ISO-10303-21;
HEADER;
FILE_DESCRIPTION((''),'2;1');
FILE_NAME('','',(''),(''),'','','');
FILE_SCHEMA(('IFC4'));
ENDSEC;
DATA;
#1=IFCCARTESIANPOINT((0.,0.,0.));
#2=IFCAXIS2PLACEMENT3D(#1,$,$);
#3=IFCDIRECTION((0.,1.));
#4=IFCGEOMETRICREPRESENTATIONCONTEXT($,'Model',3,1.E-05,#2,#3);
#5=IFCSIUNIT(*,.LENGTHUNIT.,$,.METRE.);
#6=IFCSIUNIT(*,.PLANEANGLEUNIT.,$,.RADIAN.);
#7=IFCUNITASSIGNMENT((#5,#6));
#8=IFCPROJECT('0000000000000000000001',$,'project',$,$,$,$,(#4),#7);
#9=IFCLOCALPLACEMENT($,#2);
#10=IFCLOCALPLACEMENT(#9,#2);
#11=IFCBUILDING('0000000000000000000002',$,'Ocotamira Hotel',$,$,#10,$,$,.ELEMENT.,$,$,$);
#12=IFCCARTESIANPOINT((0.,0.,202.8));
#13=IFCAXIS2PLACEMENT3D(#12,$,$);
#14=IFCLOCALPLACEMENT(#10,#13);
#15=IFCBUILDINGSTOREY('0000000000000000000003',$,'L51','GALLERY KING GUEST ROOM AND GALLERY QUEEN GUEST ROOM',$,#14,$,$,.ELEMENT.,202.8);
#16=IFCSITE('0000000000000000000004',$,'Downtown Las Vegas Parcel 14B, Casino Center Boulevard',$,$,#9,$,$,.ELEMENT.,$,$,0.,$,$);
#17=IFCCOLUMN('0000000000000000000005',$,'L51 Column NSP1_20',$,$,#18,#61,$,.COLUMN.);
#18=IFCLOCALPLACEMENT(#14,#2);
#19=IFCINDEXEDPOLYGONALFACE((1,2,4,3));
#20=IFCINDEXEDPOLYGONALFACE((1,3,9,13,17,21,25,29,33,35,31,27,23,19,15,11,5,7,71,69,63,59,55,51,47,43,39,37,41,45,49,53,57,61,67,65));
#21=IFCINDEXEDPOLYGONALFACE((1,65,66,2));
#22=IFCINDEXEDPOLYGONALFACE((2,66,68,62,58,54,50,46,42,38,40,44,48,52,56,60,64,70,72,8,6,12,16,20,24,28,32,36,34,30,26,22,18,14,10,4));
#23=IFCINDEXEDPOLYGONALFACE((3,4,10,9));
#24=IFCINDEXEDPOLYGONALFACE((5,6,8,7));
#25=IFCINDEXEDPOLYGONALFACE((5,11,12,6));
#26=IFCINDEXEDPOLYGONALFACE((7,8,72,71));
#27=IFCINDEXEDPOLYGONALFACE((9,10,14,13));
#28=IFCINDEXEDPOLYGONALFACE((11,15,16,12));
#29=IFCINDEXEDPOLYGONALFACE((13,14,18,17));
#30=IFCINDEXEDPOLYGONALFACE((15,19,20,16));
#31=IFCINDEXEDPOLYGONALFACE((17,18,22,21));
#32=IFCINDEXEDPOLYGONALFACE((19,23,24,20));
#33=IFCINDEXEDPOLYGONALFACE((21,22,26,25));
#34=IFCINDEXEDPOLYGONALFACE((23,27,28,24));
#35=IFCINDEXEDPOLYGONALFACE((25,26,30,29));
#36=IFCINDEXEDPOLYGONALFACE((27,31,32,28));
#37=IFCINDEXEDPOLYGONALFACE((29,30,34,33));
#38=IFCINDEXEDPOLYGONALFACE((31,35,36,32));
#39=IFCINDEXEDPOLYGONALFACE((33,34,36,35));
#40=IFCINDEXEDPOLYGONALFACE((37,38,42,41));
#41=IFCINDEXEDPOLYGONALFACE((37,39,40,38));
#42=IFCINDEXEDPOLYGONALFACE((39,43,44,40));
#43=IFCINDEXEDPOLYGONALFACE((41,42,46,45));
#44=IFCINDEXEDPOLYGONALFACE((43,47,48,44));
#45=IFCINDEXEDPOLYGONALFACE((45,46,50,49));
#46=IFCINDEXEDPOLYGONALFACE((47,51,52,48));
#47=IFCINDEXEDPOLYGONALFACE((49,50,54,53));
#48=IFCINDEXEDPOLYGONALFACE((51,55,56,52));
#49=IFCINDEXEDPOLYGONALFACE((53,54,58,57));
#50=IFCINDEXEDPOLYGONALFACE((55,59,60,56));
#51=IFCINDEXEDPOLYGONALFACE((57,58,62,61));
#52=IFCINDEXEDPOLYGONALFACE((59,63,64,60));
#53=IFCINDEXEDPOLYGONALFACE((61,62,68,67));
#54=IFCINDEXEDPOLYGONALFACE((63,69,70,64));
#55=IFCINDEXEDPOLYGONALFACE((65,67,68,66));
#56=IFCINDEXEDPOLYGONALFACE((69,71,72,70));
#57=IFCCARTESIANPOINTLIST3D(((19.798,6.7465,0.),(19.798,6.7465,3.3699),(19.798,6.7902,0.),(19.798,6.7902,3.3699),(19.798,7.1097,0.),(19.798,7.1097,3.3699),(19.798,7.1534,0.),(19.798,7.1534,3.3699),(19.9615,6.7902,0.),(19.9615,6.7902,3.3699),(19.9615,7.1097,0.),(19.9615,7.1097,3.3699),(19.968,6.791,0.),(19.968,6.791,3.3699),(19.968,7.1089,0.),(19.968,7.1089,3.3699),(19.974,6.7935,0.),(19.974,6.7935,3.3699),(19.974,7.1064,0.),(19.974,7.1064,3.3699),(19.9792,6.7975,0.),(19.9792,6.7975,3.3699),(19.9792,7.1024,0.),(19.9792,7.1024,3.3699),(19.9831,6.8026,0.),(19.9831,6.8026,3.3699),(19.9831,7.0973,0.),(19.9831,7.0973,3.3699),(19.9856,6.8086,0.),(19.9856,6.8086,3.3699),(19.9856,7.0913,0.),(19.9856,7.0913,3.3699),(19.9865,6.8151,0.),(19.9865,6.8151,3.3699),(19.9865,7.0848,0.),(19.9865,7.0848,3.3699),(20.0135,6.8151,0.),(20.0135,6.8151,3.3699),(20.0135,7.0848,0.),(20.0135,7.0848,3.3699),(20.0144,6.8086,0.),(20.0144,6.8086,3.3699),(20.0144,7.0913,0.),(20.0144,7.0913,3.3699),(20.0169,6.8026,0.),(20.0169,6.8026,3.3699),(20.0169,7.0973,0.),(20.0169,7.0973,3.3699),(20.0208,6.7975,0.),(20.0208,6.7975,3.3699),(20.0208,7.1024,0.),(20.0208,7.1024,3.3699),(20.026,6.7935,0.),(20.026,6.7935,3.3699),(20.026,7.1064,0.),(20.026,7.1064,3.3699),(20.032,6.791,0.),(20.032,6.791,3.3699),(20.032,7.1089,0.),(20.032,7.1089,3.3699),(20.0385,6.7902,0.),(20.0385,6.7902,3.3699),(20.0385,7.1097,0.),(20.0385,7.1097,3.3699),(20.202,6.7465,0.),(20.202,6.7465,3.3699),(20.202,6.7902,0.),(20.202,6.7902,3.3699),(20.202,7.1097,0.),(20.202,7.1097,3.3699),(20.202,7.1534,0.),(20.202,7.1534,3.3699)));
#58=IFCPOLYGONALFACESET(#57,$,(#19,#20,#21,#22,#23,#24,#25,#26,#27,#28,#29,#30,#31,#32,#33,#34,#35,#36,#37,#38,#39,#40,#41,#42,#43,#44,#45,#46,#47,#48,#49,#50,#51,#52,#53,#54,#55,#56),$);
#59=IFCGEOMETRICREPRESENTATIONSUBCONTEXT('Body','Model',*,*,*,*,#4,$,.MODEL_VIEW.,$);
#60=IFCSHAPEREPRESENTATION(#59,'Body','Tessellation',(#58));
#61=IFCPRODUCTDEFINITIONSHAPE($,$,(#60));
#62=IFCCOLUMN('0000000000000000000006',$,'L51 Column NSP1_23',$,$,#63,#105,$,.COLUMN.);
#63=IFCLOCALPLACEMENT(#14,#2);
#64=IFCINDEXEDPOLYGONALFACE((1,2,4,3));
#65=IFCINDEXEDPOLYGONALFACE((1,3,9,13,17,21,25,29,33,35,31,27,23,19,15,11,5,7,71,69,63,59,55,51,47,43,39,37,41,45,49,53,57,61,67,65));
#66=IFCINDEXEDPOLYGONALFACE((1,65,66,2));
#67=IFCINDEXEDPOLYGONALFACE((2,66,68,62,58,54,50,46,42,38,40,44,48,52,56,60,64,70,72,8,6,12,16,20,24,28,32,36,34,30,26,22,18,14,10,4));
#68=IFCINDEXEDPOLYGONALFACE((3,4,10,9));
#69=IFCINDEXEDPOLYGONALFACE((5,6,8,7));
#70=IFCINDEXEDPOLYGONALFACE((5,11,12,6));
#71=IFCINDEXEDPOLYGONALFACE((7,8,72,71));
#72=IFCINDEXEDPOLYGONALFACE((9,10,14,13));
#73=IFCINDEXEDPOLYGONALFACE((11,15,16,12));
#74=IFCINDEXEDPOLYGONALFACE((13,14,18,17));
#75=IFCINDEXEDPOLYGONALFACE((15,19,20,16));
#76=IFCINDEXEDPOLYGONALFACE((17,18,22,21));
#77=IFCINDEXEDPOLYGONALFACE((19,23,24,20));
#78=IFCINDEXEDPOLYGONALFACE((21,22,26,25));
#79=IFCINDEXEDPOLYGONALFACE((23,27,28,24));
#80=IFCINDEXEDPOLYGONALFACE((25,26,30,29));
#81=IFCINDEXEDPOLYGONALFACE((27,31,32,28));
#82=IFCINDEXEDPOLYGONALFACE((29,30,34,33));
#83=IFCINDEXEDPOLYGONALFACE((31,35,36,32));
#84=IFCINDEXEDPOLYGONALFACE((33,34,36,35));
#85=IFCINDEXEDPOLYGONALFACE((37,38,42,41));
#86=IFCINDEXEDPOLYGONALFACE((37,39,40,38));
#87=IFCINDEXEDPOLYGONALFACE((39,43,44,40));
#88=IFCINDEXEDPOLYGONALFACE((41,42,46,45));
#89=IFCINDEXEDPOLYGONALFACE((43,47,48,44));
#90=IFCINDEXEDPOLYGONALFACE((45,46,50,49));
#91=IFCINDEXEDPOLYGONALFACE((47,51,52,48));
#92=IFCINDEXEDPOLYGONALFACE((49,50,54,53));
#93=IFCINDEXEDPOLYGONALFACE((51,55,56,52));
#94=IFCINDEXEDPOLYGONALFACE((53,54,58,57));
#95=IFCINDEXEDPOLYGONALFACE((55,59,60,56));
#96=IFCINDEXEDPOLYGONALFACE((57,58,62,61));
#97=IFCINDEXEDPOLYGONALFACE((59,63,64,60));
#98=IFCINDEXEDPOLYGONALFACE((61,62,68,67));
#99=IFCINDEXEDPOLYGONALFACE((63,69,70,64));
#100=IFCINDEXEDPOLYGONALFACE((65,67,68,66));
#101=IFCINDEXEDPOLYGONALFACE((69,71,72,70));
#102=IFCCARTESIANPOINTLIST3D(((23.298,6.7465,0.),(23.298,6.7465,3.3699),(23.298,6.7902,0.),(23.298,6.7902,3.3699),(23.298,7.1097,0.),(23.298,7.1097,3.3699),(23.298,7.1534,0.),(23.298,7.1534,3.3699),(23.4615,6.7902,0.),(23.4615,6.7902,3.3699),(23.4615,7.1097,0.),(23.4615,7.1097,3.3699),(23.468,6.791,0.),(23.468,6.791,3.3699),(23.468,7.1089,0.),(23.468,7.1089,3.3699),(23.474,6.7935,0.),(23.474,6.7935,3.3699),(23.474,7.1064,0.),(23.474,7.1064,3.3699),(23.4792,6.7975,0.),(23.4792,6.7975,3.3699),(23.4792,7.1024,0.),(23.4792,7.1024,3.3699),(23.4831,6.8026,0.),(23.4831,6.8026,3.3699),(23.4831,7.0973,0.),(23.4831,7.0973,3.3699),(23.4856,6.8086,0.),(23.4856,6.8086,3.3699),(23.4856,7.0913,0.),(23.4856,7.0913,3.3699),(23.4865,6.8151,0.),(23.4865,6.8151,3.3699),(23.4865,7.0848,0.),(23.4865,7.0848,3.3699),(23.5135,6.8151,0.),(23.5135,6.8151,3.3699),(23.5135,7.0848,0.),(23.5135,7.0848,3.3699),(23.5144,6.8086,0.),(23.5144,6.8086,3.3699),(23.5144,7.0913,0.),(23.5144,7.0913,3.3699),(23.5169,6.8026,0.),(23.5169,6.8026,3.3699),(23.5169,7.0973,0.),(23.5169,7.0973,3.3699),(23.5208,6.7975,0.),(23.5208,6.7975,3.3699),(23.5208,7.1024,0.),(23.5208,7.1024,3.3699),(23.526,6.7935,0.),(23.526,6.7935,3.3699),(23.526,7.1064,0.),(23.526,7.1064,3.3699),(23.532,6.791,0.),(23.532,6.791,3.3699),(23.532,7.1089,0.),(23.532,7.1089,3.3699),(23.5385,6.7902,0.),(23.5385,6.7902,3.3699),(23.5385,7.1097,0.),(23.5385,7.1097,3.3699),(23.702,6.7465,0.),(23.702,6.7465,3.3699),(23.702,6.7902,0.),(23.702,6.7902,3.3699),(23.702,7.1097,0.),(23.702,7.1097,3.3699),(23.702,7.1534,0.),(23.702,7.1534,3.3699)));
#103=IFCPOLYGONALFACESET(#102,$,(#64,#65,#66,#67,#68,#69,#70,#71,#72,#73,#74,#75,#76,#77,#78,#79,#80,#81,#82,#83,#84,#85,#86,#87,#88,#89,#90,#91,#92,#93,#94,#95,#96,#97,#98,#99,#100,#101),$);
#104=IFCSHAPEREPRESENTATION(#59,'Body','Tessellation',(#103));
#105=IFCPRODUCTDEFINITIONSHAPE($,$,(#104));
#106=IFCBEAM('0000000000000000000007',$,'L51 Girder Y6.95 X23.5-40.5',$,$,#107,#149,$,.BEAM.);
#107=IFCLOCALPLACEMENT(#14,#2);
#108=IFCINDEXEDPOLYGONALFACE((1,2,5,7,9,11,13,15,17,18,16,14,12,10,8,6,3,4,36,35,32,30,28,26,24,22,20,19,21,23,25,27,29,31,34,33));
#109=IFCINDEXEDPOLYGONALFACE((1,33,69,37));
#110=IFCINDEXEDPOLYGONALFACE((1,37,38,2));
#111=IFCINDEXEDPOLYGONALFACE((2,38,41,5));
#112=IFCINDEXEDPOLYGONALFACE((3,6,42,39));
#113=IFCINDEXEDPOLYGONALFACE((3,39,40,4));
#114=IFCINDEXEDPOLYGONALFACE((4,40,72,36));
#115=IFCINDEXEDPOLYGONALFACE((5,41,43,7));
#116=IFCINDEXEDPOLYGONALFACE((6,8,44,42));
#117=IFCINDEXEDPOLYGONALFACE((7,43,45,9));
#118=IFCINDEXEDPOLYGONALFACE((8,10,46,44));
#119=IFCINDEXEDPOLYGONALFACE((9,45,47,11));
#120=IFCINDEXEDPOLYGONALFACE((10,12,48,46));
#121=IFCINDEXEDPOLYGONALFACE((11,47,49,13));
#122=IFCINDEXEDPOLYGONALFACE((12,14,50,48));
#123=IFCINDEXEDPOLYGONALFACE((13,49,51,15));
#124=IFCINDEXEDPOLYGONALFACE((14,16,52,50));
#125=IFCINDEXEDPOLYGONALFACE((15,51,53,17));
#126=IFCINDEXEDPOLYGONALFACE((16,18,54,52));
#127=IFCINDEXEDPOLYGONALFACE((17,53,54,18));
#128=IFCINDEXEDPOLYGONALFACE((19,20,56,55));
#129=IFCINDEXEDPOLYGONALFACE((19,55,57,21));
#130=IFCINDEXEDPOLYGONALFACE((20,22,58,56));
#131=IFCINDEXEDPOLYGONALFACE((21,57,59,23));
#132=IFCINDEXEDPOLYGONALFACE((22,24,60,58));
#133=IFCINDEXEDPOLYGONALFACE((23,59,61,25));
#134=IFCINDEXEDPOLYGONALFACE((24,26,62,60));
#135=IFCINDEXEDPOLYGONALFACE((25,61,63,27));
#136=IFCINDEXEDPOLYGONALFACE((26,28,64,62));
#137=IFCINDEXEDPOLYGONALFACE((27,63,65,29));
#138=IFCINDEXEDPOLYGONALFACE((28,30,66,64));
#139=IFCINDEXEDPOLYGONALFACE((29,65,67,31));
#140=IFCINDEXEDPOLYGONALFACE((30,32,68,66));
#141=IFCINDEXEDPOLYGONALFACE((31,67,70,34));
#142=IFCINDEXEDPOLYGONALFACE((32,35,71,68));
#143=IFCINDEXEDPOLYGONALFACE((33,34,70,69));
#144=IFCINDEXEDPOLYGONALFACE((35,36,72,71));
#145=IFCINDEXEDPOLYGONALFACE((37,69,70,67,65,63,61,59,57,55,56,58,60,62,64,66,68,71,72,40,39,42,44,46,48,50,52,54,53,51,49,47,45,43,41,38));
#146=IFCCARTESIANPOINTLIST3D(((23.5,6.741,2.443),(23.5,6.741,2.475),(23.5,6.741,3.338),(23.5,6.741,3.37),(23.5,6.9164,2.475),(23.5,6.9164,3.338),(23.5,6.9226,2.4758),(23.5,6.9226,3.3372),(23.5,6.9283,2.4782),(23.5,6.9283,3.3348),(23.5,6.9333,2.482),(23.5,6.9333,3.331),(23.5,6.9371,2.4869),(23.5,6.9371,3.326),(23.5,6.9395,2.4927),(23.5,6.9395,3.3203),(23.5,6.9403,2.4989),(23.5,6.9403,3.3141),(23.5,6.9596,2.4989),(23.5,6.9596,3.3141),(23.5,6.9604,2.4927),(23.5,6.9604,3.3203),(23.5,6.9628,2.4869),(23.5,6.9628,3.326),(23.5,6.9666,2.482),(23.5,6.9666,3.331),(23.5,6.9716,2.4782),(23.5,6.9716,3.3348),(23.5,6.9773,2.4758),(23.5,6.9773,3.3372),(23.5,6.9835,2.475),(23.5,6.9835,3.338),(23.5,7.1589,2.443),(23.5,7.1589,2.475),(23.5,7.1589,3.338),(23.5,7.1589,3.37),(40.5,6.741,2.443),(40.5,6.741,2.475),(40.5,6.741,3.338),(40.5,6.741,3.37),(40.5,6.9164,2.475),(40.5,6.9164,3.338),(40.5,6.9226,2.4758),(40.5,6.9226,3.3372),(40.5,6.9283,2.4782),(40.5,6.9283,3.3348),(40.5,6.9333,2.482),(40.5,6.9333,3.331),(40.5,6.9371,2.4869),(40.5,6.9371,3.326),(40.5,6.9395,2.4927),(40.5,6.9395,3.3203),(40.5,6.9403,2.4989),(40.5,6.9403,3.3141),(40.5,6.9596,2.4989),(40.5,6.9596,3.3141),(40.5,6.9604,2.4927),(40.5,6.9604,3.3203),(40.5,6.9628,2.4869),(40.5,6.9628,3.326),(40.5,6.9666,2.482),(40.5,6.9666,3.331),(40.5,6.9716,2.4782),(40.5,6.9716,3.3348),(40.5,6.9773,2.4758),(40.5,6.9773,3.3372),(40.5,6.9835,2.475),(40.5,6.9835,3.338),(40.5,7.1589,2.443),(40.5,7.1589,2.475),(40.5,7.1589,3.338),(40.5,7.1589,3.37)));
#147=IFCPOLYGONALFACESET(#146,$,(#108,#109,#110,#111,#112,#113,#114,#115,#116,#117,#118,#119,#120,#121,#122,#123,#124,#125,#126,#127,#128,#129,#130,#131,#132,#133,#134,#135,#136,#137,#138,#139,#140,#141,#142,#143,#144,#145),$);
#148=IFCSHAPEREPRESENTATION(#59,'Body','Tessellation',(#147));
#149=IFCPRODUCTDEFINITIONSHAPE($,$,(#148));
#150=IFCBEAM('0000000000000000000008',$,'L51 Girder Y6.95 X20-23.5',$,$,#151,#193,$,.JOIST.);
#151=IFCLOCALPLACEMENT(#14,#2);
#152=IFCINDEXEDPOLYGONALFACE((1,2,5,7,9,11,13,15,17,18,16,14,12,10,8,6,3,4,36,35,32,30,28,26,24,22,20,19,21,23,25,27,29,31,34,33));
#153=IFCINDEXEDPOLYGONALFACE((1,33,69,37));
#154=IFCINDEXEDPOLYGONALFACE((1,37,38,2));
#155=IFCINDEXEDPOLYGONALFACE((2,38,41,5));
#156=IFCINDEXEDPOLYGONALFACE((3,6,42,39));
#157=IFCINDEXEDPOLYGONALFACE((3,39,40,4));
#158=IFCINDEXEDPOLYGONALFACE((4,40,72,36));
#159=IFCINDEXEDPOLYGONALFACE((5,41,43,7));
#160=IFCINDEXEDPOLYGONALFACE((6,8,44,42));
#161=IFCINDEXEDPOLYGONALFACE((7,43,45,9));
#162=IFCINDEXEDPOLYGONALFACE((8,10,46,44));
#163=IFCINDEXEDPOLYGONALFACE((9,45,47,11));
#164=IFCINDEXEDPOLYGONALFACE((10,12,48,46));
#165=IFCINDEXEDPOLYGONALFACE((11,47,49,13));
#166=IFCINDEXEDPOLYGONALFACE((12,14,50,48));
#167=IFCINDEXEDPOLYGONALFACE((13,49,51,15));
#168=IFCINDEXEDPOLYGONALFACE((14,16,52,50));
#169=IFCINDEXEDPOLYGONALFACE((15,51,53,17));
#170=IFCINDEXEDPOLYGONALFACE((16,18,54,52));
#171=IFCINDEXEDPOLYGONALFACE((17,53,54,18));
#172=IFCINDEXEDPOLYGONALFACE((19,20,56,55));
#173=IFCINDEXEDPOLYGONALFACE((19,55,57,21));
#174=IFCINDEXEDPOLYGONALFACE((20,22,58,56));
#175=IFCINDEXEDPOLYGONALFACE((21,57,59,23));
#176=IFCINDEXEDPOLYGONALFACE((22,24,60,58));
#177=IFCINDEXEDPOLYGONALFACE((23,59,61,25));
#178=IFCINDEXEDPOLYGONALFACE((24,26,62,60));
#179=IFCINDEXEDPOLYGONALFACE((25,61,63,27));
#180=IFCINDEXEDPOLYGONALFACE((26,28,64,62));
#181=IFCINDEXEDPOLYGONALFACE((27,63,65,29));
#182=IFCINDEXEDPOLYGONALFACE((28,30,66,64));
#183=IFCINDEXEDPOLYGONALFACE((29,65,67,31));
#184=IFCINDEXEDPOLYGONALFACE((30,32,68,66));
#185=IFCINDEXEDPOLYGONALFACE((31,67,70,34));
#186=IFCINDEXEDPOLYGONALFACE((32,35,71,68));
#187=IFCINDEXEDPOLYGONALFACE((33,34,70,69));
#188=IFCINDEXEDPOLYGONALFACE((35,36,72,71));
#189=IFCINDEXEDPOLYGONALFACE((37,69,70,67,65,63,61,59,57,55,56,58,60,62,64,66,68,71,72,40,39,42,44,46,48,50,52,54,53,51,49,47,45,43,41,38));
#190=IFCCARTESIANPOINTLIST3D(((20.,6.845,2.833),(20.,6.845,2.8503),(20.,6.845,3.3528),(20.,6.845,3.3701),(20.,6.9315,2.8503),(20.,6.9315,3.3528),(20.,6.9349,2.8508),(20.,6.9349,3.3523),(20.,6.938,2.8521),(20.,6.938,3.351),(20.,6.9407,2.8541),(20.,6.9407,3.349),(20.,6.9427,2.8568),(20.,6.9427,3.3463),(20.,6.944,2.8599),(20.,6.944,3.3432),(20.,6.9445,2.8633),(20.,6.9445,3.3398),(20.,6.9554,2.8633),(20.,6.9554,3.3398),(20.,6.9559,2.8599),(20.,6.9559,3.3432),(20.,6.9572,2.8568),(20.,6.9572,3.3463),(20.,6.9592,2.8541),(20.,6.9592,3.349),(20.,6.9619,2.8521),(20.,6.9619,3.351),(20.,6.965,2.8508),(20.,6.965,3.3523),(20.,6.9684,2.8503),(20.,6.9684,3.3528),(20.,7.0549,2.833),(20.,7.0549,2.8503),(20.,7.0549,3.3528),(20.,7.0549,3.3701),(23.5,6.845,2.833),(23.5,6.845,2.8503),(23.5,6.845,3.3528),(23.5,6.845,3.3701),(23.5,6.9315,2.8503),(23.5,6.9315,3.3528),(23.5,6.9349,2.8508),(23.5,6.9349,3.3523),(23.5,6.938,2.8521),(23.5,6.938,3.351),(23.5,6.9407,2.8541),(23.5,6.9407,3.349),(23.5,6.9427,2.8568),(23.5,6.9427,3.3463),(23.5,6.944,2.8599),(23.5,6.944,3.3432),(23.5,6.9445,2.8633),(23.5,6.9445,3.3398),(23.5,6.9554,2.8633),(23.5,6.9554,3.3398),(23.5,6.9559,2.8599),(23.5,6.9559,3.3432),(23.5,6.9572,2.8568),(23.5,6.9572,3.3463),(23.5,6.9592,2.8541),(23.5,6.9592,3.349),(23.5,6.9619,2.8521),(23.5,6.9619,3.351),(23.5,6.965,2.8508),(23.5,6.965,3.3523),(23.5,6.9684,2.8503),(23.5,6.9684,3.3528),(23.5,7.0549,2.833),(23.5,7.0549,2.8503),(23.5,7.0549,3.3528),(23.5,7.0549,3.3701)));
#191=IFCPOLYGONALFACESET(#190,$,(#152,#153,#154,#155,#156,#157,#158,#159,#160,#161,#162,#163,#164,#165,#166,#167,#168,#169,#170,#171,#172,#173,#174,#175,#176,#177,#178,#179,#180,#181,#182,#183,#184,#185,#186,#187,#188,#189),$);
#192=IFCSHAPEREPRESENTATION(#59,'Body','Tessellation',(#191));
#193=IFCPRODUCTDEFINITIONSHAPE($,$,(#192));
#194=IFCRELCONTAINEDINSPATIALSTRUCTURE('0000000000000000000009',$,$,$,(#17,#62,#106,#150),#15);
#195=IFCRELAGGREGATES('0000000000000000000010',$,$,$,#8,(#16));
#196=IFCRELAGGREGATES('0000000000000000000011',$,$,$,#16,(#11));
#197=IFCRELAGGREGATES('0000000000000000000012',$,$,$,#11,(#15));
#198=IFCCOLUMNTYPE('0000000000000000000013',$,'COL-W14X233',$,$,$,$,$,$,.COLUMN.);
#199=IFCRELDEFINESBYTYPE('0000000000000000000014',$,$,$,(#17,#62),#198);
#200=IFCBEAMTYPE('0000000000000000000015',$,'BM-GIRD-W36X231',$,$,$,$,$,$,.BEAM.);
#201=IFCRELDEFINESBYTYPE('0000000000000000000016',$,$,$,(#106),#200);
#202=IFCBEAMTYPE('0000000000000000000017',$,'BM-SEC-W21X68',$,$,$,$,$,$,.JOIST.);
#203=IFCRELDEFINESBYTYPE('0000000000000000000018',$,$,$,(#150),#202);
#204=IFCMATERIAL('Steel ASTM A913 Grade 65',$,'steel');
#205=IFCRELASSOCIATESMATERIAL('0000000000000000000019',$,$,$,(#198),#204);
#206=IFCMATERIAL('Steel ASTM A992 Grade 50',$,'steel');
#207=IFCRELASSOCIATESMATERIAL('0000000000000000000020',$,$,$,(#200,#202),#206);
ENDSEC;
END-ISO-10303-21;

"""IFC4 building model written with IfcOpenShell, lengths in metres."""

from ifc_helpers import new_model, si_unit, direction, frame, origin, origin_2d, place, context, subcontext, project, spatial, i_section, extrude, source, transform, mapped, material, material_profile, profile_set, type_object, element, save


model = new_model("IFC4")

# Units and contexts
model_context = context("Model", 3, precision=1e-05, world=origin(), true_north=direction((0.0, 1.0)))
body_context = subcontext(model_context, "Body", "Model", "MODEL_VIEW")
ifc_project = project(units=[si_unit("LENGTHUNIT", "METRE"), si_unit("PLANEANGLEUNIT", "RADIAN")], contexts=[model_context])

# Site, building, storey
site_placement = place(None, origin())
site = spatial("IfcSite", under=ifc_project, at=site_placement, Name="Downtown Las Vegas Parcel 14B, Casino Center Boulevard", CompositionType="ELEMENT", RefElevation=0.0)
building_placement = place(site_placement, origin())
building = spatial("IfcBuilding", under=site, at=building_placement, Name="Ocotamira Hotel", CompositionType="ELEMENT")
storey_placement = place(building_placement, frame((0.0, 0.0, 202.8)))
storey = spatial("IfcBuildingStorey", under=building, at=storey_placement, Name="L51", Description="GALLERY KING GUEST ROOM AND GALLERY QUEEN GUEST ROOM", CompositionType="ELEMENT", Elevation=202.8)

# Columns
ifc_material_1 = material(Name="Steel ASTM A913 Grade 65", Category="steel")
ifc_material_profile_1 = material_profile(ifc_material_1, i_section(OverallWidth=0.4041, OverallDepth=0.407, WebThickness=0.0271, FlangeThickness=0.0437, FilletRadius=0.0249, at=origin_2d()), Name="W14X233")
ifc_profile_set_1 = profile_set([ifc_material_profile_1], Name="Steel ASTM A913 Grade 65")
column_type = type_object("IfcColumnType", Name="COL-W14X233", PredefinedType="COLUMN", material=ifc_profile_set_1)
shared_shape_1 = source(origin(), body_context, "Body", "SweptSolid", [
    extrude(i_section(OverallWidth=0.4041, OverallDepth=0.407, WebThickness=0.0271, FlangeThickness=0.0437, FilletRadius=0.0249, at=origin_2d()), origin(), (0.0, 0.0, 1.0), 3.3699),
])
for number, where, z_axis, x_axis, name in (
    (1, (20.0, 6.95, 0.0), (0.0, 0.0, 1.0), (1.0, 0.0, 0.0), "L51 Column NSP1_20"),
    (2, (23.5, 6.95, 0.0), (0.0, 0.0, 1.0), (1.0, 0.0, 0.0), "L51 Column NSP1_23"),
):
    element("IfcColumn", number, at=place(storey_placement, frame(where, z_axis=z_axis, x_axis=x_axis)), inside=storey, type_object=column_type, Name=name, PredefinedType="COLUMN", context=body_context, shape_type="MappedRepresentation", body=[
        mapped(shared_shape_1, transform((0.0, 0.0, 0.0), scale=1.0)),
    ])

# Beams
ifc_material_2 = material(Name="Steel ASTM A992 Grade 50", Category="steel")
ifc_material_profile_2 = material_profile(ifc_material_2, i_section(OverallWidth=0.418, OverallDepth=0.927, WebThickness=0.0193, FlangeThickness=0.032, FilletRadius=0.0239, at=origin_2d()), Name="W36X231")
ifc_profile_set_2 = profile_set([ifc_material_profile_2], Name="Steel ASTM A992 Grade 50")
beam_type_1 = type_object("IfcBeamType", Name="BM-GIRD-W36X231", PredefinedType="BEAM", material=ifc_profile_set_2)
shared_shape_2 = source(origin(), body_context, "Body", "SweptSolid", [
    extrude(i_section(OverallWidth=0.418, OverallDepth=0.927, WebThickness=0.0193, FlangeThickness=0.032, FilletRadius=0.0239, at=origin_2d()), origin(), (0.0, 0.0, 1.0), 17.0),
])
beam_1_placement = place(storey_placement, frame((23.5, 6.95, 2.9065), z_axis=(1.0, 0.0, 0.0), x_axis=(0.0, 1.0, 0.0)))
element("IfcBeam", 3, at=beam_1_placement, inside=storey, type_object=beam_type_1, Name="L51 Girder Y6.95 X23.5-40.5", PredefinedType="BEAM", context=body_context, shape_type="MappedRepresentation", body=[
    mapped(shared_shape_2, transform((0.0, 0.0, 0.0), scale=1.0)),
])
ifc_material_profile_3 = material_profile(ifc_material_2, i_section(OverallWidth=0.21, OverallDepth=0.5371, WebThickness=0.011, FlangeThickness=0.0173, FilletRadius=0.0129, at=origin_2d()), Name="W21X68")
ifc_profile_set_3 = profile_set([ifc_material_profile_3], Name="Steel ASTM A992 Grade 50")
beam_type_2 = type_object("IfcBeamType", Name="BM-SEC-W21X68", PredefinedType="JOIST", material=ifc_profile_set_3)
shared_shape_3 = source(origin(), body_context, "Body", "SweptSolid", [
    extrude(i_section(OverallWidth=0.21, OverallDepth=0.5371, WebThickness=0.011, FlangeThickness=0.0173, FilletRadius=0.0129, at=origin_2d()), origin(), (0.0, 0.0, 1.0), 3.5),
])
beam_2_placement = place(storey_placement, frame((20.0, 6.95, 3.1016), z_axis=(1.0, 0.0, 0.0), x_axis=(0.0, 1.0, 0.0)))
element("IfcBeam", 4, at=beam_2_placement, inside=storey, type_object=beam_type_2, Name="L51 Girder Y6.95 X20-23.5", PredefinedType="JOIST", context=body_context, shape_type="MappedRepresentation", body=[
    mapped(shared_shape_3, transform((0.0, 0.0, 0.0), scale=1.0)),
])

save(model, "model.ifc")
